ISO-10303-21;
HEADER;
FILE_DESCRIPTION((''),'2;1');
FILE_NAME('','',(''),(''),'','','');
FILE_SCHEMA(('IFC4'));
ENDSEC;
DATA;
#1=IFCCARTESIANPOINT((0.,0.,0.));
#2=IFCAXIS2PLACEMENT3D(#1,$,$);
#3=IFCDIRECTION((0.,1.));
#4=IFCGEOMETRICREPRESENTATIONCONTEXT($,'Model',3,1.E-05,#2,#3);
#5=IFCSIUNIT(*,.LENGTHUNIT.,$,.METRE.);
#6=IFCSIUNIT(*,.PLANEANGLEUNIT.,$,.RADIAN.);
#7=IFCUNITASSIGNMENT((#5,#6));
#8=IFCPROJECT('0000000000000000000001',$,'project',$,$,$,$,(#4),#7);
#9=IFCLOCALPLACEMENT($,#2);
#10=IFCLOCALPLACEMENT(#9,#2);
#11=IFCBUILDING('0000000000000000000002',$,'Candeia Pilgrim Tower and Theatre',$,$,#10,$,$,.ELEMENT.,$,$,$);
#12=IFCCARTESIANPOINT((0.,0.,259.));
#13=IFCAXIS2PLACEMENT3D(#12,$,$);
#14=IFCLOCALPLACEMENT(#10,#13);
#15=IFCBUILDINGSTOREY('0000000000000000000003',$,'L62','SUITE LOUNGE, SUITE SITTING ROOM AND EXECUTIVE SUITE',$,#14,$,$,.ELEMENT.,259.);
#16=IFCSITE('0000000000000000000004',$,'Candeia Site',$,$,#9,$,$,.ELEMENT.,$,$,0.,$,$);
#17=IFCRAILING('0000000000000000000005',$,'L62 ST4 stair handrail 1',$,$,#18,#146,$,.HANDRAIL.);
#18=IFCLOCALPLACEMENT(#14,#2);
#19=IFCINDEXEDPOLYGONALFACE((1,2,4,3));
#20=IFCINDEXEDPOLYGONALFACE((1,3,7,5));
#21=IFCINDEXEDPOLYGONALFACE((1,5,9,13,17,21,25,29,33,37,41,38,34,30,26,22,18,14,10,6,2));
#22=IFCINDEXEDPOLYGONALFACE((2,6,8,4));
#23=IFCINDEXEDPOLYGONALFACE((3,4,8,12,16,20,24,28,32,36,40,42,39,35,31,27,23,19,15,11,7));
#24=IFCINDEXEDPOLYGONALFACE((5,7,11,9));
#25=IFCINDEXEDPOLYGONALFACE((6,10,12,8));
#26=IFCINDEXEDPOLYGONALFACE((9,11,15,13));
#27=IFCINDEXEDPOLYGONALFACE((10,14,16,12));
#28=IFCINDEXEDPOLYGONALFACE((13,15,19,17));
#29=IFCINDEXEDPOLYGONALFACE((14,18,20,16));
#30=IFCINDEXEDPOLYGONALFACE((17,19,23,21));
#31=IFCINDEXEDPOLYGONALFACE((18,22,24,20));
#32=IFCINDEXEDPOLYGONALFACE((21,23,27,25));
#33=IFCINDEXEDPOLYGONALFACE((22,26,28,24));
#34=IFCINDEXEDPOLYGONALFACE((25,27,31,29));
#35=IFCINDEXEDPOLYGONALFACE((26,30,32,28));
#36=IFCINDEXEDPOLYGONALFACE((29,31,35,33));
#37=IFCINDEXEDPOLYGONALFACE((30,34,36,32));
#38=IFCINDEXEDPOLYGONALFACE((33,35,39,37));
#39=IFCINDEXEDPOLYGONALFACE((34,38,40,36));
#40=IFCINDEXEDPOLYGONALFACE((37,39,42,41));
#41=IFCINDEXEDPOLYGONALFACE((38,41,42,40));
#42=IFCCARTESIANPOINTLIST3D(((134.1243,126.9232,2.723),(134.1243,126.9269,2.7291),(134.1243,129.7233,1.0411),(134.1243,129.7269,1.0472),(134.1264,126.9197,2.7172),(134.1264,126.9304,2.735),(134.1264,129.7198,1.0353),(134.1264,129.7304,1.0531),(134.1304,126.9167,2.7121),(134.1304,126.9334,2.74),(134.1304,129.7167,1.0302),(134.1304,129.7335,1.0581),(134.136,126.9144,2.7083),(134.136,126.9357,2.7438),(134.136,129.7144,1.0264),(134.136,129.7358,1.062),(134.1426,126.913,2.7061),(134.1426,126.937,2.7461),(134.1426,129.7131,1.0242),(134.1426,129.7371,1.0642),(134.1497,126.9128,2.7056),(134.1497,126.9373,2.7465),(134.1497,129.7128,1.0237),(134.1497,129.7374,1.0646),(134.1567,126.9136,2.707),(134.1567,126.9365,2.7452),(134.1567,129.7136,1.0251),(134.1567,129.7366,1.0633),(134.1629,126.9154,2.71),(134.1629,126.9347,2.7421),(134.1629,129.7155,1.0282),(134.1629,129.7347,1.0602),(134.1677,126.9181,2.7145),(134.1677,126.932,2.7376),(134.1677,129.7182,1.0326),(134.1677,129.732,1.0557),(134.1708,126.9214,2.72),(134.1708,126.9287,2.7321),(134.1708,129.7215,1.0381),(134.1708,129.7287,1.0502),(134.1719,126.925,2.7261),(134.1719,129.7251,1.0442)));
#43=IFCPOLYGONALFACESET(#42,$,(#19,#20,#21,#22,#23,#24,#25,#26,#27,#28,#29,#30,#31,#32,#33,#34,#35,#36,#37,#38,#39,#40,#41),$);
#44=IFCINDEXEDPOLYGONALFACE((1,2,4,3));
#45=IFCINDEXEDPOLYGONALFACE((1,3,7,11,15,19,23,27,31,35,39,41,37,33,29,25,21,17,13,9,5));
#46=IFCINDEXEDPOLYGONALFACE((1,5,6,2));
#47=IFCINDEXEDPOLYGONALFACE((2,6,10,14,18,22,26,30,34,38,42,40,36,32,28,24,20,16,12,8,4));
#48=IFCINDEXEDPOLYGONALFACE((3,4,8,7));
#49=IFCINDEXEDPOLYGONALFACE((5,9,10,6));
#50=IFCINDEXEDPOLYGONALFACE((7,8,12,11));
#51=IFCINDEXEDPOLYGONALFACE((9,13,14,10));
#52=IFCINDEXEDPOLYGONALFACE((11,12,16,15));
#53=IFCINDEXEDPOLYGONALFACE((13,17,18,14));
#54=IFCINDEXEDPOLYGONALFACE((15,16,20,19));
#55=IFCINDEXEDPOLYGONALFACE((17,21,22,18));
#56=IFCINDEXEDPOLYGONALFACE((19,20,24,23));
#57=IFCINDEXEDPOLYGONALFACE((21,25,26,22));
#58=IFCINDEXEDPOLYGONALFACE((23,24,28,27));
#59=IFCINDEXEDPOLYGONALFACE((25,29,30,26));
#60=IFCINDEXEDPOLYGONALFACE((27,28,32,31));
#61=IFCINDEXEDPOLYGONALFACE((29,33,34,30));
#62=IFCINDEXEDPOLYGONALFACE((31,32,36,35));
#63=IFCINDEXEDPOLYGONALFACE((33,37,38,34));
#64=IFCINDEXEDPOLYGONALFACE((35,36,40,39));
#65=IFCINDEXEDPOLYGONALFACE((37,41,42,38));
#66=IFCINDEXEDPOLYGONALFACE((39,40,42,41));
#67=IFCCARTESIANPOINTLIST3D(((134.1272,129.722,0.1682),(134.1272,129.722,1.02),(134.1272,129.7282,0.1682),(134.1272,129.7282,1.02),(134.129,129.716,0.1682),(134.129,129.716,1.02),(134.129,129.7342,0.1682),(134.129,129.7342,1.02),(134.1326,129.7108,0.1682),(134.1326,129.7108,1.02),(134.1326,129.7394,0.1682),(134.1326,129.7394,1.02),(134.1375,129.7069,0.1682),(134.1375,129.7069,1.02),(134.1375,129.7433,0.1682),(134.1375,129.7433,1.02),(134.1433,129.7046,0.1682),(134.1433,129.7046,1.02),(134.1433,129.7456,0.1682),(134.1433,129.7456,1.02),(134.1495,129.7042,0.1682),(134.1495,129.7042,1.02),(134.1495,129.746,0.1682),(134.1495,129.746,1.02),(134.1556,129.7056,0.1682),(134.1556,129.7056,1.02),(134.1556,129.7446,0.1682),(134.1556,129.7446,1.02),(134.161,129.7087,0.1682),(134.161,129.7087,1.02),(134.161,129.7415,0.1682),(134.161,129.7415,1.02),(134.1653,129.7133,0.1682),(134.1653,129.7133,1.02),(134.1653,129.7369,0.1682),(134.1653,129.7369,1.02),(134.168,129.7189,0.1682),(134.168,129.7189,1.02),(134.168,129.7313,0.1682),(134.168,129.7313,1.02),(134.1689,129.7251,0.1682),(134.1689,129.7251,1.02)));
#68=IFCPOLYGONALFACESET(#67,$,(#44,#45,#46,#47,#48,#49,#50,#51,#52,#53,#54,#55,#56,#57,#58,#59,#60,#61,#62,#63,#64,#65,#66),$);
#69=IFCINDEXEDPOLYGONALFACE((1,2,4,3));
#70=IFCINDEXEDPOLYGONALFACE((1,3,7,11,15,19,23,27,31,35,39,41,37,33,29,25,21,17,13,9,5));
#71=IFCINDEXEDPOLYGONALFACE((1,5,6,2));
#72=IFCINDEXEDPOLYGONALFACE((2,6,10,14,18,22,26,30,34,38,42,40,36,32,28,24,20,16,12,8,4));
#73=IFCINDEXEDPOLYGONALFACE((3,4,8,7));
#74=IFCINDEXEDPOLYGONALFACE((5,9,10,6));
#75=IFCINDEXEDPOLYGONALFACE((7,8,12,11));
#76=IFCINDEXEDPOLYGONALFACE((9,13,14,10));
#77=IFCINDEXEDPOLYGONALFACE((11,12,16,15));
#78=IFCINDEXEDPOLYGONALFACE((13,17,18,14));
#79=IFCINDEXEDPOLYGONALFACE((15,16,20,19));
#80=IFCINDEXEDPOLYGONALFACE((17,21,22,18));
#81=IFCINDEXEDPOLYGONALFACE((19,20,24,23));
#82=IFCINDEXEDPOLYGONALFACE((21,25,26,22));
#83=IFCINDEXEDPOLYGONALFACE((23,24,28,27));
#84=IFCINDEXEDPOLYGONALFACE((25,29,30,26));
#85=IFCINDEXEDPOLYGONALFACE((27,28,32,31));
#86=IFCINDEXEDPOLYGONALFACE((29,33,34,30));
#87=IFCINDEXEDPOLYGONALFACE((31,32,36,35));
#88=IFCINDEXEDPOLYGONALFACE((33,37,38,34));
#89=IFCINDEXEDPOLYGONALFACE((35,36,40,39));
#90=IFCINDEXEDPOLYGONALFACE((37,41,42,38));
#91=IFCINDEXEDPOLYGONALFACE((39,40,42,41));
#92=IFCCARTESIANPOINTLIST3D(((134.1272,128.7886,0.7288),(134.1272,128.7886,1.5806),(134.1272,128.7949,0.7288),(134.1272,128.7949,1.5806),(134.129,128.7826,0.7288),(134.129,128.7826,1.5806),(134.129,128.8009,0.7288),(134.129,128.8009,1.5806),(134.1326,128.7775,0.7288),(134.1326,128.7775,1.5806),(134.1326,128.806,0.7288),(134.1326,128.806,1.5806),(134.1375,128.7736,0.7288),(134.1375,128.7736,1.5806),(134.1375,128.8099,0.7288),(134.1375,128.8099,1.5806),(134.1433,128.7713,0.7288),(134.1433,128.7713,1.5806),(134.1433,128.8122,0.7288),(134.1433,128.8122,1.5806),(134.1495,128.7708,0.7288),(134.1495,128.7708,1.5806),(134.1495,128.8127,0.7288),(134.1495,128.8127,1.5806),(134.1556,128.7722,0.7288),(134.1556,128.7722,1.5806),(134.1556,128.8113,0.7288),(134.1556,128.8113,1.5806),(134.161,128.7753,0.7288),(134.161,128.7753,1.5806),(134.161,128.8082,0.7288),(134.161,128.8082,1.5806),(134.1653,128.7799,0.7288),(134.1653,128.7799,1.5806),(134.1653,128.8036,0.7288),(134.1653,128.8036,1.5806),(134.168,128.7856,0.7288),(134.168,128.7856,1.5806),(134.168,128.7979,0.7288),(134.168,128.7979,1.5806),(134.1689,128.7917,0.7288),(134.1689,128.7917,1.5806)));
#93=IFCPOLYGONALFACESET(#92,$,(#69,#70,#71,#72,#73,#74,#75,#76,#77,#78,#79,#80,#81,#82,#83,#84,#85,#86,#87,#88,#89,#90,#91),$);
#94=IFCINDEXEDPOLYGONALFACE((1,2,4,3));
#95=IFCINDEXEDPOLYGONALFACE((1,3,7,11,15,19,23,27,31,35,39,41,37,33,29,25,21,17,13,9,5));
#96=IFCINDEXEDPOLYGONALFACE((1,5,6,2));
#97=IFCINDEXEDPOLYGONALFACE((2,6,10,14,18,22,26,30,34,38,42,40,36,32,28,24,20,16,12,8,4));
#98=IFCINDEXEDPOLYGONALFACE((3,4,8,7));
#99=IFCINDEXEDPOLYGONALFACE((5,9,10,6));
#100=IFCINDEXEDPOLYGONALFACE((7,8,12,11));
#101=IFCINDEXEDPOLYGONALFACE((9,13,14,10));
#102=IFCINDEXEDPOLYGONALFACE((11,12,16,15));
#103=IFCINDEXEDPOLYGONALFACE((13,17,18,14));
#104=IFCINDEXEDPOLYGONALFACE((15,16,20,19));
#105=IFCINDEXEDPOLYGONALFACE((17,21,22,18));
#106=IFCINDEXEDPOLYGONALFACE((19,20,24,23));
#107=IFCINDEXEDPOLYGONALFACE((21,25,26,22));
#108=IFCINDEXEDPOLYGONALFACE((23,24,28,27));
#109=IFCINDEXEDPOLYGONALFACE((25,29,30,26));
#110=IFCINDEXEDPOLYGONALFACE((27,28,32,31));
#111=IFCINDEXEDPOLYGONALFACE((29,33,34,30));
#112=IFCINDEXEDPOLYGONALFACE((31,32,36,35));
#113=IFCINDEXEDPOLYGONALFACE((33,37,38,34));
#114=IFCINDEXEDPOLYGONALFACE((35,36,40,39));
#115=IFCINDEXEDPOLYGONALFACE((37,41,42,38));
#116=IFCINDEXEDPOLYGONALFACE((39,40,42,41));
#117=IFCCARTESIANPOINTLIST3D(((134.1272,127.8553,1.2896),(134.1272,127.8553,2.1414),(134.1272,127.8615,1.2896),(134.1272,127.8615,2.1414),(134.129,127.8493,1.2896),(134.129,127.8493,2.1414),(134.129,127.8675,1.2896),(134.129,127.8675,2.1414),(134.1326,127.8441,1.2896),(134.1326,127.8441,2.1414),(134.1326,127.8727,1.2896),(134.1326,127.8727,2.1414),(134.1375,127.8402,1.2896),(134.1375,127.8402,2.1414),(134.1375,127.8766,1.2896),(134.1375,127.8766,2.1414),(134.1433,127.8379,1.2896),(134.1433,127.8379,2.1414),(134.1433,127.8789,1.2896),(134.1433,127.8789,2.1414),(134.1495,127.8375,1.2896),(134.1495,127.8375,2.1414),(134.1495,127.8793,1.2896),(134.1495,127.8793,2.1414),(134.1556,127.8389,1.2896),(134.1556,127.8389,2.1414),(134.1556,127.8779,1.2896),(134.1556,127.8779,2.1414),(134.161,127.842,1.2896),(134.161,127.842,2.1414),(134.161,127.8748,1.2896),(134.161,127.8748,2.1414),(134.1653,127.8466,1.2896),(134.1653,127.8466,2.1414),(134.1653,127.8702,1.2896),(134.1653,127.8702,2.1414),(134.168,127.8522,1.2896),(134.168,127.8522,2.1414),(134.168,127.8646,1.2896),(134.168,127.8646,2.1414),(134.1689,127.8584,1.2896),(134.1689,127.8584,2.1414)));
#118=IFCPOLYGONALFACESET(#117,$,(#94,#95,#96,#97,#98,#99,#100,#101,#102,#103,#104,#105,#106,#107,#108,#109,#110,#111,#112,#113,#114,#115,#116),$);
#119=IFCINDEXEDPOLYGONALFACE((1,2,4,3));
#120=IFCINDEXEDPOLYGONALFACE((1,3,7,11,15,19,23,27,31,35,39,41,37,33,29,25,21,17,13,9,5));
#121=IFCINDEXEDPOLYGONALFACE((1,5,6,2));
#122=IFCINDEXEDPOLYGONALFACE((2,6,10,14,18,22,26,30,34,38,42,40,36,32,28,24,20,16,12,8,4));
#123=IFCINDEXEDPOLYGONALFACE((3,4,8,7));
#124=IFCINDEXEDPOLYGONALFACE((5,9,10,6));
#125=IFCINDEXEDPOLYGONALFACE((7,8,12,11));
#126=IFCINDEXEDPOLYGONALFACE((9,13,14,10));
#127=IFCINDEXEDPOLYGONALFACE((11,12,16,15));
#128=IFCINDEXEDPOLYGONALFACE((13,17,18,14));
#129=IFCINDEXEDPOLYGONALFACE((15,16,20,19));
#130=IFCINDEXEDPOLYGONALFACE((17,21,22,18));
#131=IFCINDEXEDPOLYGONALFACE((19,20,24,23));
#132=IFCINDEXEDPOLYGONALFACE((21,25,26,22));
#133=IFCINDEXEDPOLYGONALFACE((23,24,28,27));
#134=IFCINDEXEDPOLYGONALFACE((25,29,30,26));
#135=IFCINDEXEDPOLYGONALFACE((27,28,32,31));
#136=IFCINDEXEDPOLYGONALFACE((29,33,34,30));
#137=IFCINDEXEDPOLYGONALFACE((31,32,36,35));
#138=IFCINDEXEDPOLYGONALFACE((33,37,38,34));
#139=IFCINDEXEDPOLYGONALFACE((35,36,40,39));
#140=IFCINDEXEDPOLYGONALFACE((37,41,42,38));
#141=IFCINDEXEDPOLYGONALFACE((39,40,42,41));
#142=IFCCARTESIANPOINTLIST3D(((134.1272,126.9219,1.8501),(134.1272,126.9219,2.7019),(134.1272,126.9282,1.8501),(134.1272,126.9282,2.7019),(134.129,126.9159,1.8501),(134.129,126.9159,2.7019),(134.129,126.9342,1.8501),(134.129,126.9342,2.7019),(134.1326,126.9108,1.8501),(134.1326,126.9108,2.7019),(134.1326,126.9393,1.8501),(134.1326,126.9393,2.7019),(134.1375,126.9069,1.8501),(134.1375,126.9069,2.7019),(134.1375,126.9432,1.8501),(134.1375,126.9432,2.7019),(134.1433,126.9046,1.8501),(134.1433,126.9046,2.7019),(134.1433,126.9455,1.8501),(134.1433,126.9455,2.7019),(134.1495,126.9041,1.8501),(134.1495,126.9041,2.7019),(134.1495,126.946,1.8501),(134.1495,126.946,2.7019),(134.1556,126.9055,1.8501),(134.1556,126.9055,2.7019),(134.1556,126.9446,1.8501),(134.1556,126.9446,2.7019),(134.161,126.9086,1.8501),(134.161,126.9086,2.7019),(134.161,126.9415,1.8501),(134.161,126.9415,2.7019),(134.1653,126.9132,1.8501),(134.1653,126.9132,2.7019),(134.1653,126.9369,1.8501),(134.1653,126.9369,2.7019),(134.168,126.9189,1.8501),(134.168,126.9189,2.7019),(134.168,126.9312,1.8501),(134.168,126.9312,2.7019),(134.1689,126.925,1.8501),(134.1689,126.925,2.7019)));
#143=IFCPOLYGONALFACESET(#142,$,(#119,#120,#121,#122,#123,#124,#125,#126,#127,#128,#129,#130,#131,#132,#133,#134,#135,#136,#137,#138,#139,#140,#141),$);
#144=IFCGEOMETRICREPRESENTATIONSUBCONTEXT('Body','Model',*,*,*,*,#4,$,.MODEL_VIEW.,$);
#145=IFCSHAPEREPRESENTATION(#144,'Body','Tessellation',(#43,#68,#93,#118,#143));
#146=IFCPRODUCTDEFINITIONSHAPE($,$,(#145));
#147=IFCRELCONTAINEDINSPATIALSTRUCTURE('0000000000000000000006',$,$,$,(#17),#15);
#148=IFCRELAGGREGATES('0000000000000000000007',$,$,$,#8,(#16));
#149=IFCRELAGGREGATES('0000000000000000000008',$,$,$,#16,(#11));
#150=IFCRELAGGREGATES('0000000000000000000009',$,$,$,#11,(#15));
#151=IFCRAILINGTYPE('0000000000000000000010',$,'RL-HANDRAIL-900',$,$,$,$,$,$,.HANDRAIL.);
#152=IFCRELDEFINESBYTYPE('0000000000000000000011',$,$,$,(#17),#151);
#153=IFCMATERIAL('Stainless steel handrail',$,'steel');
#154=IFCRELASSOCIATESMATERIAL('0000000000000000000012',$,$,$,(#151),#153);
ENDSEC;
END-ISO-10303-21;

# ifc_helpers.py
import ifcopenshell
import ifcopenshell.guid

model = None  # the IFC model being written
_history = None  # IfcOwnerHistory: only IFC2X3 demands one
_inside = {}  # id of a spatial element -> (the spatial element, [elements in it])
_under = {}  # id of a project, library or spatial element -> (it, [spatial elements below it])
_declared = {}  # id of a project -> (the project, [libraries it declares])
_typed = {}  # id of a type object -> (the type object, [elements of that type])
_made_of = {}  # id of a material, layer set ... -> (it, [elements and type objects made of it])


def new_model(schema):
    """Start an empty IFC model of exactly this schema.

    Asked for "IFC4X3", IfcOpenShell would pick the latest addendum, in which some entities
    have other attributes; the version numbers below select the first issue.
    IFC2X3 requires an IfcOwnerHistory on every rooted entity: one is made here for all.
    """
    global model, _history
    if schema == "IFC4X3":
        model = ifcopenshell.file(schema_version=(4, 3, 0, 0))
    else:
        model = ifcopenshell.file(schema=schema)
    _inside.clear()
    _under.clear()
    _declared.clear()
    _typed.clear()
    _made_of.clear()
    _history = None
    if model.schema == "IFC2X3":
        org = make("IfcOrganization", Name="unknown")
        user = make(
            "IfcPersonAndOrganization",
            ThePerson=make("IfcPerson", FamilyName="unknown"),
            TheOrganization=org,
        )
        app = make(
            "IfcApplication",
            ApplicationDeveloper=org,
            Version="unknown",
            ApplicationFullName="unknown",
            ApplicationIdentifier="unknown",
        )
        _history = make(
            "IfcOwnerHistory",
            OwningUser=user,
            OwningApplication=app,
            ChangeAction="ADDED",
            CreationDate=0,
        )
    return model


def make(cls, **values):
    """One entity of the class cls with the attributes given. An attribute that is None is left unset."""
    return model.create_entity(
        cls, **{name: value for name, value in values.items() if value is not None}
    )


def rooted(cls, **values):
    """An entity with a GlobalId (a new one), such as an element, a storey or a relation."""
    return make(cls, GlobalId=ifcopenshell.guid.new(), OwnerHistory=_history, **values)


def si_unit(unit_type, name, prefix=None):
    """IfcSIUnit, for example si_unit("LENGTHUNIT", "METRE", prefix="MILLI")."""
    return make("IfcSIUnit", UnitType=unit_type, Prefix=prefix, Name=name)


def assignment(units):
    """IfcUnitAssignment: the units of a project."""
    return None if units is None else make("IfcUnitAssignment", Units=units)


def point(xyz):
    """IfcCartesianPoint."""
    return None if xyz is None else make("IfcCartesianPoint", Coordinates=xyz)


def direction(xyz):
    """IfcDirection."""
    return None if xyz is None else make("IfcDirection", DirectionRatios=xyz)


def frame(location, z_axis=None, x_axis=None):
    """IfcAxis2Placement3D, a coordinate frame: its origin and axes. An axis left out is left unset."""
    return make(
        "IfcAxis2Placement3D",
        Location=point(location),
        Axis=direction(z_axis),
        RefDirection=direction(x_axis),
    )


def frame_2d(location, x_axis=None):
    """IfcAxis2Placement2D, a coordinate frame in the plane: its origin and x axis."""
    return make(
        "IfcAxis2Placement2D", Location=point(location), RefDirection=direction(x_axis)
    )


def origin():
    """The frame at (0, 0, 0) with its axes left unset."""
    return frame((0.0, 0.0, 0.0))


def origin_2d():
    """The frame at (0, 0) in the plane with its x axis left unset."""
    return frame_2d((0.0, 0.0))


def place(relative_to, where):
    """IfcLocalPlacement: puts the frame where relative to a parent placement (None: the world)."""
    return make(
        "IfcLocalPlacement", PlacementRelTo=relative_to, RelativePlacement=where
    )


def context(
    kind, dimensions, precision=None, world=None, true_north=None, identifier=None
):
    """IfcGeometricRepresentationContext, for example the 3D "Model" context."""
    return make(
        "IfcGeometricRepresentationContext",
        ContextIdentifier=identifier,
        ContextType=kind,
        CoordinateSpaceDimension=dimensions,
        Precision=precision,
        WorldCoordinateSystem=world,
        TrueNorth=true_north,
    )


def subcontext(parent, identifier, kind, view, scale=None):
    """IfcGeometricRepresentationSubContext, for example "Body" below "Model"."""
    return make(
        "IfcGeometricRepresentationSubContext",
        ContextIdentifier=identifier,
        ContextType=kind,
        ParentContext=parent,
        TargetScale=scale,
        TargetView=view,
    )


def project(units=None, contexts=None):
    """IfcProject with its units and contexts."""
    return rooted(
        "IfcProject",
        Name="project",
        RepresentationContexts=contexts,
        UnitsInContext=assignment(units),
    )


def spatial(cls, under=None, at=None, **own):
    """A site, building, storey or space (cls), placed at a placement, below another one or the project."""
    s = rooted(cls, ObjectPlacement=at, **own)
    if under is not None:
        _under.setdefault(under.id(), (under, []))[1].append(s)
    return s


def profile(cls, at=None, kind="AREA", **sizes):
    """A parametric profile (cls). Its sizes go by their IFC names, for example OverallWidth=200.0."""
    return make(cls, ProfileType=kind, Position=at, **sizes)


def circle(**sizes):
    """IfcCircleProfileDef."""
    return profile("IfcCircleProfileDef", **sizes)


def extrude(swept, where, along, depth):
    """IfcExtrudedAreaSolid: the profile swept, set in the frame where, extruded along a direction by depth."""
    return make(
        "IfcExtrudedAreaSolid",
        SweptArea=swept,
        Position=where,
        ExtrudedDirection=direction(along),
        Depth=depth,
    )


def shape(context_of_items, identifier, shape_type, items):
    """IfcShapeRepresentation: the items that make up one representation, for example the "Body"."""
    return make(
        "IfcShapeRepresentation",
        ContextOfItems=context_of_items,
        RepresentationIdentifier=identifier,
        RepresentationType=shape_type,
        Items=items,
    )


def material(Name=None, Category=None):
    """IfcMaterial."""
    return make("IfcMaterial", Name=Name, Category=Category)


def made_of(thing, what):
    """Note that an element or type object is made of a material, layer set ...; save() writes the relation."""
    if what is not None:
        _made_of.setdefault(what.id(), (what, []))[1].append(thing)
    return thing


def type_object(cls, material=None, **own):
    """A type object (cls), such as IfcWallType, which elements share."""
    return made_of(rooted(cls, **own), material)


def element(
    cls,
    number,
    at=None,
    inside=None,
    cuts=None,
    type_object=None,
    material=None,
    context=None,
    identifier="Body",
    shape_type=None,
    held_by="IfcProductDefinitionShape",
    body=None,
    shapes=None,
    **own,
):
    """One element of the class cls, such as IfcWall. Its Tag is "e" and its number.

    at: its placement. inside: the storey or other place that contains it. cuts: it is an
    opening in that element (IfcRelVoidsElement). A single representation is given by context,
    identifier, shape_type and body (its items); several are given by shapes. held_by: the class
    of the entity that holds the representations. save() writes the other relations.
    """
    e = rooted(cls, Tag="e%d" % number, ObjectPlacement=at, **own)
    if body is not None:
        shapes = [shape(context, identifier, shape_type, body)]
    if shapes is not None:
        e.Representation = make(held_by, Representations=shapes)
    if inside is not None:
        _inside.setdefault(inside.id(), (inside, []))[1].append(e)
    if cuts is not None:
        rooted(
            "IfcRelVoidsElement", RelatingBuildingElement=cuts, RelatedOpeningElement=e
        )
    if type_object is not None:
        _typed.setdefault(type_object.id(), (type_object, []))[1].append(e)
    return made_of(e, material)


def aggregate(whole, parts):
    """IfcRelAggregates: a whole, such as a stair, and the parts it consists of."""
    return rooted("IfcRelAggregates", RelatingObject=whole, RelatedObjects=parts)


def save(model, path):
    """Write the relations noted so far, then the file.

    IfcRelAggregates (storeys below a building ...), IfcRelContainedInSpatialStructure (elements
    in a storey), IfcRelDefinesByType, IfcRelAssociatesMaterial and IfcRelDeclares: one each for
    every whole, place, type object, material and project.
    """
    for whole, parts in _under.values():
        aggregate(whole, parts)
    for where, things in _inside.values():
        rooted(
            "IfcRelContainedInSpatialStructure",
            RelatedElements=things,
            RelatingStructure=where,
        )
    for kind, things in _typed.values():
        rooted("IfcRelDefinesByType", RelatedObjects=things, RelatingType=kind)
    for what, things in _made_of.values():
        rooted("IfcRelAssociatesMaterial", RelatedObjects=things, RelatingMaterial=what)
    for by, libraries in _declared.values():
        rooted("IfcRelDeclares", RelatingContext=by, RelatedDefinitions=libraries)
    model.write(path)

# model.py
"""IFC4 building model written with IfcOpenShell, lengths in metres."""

from ifc_helpers import new_model, si_unit, direction, frame, origin, origin_2d, place, context, subcontext, project, spatial, circle, extrude, material, type_object, element, save


model = new_model("IFC4")

# Units and contexts
model_context = context("Model", 3, precision=1e-05, world=origin(), true_north=direction((0.0, 1.0)))
body_context = subcontext(model_context, "Body", "Model", "MODEL_VIEW")
ifc_project = project(units=[si_unit("LENGTHUNIT", "METRE"), si_unit("PLANEANGLEUNIT", "RADIAN")], contexts=[model_context])

# Site, building, storey
site_placement = place(None, origin())
site = spatial("IfcSite", under=ifc_project, at=site_placement, Name="Candeia Site", CompositionType="ELEMENT", RefElevation=0.0)
building_placement = place(site_placement, origin())
building = spatial("IfcBuilding", under=site, at=building_placement, Name="Candeia Pilgrim Tower and Theatre", CompositionType="ELEMENT")
storey_placement = place(building_placement, frame((0.0, 0.0, 259.0)))
storey = spatial("IfcBuildingStorey", under=building, at=storey_placement, Name="L62", Description="SUITE LOUNGE, SUITE SITTING ROOM AND EXECUTIVE SUITE", CompositionType="ELEMENT", Elevation=259.0)

# Railing
ifc_material_1 = material(Name="Stainless steel handrail", Category="steel")
railing_type_1 = type_object("IfcRailingType", Name="RL-HANDRAIL-900", PredefinedType="HANDRAIL", material=ifc_material_1)
for number, where, name in (
    (1, (134.1479, 129.7251, 0.1682), "L62 ST4 stair handrail 1"),
):
    element("IfcRailing", number, at=place(storey_placement, frame(where)), inside=storey, type_object=railing_type_1, Name=name, PredefinedType="HANDRAIL", context=body_context, shape_type="SweptSolid", body=[
        extrude(circle(Radius=0.0239, at=origin_2d()), frame((0.0, 0.0, 0.876), z_axis=(0.0, -0.857242, 0.514913), x_axis=(1.0, 0.0, 0.0)), (0.0, 0.0, 1.0), 3.2664),
        extrude(circle(Radius=0.021, at=origin_2d()), origin(), (0.0, 0.0, 1.0), 0.8518),
        extrude(circle(Radius=0.021, at=origin_2d()), frame((0.0, -0.9333, 0.5605)), (0.0, 0.0, 1.0), 0.8518),
        extrude(circle(Radius=0.021, at=origin_2d()), frame((0.0, -1.8667, 1.1213)), (0.0, 0.0, 1.0), 0.8518),
        extrude(circle(Radius=0.021, at=origin_2d()), frame((0.0, -2.8, 1.6819)), (0.0, 0.0, 1.0), 0.8518),
    ])

save(model, "model.ifc")
